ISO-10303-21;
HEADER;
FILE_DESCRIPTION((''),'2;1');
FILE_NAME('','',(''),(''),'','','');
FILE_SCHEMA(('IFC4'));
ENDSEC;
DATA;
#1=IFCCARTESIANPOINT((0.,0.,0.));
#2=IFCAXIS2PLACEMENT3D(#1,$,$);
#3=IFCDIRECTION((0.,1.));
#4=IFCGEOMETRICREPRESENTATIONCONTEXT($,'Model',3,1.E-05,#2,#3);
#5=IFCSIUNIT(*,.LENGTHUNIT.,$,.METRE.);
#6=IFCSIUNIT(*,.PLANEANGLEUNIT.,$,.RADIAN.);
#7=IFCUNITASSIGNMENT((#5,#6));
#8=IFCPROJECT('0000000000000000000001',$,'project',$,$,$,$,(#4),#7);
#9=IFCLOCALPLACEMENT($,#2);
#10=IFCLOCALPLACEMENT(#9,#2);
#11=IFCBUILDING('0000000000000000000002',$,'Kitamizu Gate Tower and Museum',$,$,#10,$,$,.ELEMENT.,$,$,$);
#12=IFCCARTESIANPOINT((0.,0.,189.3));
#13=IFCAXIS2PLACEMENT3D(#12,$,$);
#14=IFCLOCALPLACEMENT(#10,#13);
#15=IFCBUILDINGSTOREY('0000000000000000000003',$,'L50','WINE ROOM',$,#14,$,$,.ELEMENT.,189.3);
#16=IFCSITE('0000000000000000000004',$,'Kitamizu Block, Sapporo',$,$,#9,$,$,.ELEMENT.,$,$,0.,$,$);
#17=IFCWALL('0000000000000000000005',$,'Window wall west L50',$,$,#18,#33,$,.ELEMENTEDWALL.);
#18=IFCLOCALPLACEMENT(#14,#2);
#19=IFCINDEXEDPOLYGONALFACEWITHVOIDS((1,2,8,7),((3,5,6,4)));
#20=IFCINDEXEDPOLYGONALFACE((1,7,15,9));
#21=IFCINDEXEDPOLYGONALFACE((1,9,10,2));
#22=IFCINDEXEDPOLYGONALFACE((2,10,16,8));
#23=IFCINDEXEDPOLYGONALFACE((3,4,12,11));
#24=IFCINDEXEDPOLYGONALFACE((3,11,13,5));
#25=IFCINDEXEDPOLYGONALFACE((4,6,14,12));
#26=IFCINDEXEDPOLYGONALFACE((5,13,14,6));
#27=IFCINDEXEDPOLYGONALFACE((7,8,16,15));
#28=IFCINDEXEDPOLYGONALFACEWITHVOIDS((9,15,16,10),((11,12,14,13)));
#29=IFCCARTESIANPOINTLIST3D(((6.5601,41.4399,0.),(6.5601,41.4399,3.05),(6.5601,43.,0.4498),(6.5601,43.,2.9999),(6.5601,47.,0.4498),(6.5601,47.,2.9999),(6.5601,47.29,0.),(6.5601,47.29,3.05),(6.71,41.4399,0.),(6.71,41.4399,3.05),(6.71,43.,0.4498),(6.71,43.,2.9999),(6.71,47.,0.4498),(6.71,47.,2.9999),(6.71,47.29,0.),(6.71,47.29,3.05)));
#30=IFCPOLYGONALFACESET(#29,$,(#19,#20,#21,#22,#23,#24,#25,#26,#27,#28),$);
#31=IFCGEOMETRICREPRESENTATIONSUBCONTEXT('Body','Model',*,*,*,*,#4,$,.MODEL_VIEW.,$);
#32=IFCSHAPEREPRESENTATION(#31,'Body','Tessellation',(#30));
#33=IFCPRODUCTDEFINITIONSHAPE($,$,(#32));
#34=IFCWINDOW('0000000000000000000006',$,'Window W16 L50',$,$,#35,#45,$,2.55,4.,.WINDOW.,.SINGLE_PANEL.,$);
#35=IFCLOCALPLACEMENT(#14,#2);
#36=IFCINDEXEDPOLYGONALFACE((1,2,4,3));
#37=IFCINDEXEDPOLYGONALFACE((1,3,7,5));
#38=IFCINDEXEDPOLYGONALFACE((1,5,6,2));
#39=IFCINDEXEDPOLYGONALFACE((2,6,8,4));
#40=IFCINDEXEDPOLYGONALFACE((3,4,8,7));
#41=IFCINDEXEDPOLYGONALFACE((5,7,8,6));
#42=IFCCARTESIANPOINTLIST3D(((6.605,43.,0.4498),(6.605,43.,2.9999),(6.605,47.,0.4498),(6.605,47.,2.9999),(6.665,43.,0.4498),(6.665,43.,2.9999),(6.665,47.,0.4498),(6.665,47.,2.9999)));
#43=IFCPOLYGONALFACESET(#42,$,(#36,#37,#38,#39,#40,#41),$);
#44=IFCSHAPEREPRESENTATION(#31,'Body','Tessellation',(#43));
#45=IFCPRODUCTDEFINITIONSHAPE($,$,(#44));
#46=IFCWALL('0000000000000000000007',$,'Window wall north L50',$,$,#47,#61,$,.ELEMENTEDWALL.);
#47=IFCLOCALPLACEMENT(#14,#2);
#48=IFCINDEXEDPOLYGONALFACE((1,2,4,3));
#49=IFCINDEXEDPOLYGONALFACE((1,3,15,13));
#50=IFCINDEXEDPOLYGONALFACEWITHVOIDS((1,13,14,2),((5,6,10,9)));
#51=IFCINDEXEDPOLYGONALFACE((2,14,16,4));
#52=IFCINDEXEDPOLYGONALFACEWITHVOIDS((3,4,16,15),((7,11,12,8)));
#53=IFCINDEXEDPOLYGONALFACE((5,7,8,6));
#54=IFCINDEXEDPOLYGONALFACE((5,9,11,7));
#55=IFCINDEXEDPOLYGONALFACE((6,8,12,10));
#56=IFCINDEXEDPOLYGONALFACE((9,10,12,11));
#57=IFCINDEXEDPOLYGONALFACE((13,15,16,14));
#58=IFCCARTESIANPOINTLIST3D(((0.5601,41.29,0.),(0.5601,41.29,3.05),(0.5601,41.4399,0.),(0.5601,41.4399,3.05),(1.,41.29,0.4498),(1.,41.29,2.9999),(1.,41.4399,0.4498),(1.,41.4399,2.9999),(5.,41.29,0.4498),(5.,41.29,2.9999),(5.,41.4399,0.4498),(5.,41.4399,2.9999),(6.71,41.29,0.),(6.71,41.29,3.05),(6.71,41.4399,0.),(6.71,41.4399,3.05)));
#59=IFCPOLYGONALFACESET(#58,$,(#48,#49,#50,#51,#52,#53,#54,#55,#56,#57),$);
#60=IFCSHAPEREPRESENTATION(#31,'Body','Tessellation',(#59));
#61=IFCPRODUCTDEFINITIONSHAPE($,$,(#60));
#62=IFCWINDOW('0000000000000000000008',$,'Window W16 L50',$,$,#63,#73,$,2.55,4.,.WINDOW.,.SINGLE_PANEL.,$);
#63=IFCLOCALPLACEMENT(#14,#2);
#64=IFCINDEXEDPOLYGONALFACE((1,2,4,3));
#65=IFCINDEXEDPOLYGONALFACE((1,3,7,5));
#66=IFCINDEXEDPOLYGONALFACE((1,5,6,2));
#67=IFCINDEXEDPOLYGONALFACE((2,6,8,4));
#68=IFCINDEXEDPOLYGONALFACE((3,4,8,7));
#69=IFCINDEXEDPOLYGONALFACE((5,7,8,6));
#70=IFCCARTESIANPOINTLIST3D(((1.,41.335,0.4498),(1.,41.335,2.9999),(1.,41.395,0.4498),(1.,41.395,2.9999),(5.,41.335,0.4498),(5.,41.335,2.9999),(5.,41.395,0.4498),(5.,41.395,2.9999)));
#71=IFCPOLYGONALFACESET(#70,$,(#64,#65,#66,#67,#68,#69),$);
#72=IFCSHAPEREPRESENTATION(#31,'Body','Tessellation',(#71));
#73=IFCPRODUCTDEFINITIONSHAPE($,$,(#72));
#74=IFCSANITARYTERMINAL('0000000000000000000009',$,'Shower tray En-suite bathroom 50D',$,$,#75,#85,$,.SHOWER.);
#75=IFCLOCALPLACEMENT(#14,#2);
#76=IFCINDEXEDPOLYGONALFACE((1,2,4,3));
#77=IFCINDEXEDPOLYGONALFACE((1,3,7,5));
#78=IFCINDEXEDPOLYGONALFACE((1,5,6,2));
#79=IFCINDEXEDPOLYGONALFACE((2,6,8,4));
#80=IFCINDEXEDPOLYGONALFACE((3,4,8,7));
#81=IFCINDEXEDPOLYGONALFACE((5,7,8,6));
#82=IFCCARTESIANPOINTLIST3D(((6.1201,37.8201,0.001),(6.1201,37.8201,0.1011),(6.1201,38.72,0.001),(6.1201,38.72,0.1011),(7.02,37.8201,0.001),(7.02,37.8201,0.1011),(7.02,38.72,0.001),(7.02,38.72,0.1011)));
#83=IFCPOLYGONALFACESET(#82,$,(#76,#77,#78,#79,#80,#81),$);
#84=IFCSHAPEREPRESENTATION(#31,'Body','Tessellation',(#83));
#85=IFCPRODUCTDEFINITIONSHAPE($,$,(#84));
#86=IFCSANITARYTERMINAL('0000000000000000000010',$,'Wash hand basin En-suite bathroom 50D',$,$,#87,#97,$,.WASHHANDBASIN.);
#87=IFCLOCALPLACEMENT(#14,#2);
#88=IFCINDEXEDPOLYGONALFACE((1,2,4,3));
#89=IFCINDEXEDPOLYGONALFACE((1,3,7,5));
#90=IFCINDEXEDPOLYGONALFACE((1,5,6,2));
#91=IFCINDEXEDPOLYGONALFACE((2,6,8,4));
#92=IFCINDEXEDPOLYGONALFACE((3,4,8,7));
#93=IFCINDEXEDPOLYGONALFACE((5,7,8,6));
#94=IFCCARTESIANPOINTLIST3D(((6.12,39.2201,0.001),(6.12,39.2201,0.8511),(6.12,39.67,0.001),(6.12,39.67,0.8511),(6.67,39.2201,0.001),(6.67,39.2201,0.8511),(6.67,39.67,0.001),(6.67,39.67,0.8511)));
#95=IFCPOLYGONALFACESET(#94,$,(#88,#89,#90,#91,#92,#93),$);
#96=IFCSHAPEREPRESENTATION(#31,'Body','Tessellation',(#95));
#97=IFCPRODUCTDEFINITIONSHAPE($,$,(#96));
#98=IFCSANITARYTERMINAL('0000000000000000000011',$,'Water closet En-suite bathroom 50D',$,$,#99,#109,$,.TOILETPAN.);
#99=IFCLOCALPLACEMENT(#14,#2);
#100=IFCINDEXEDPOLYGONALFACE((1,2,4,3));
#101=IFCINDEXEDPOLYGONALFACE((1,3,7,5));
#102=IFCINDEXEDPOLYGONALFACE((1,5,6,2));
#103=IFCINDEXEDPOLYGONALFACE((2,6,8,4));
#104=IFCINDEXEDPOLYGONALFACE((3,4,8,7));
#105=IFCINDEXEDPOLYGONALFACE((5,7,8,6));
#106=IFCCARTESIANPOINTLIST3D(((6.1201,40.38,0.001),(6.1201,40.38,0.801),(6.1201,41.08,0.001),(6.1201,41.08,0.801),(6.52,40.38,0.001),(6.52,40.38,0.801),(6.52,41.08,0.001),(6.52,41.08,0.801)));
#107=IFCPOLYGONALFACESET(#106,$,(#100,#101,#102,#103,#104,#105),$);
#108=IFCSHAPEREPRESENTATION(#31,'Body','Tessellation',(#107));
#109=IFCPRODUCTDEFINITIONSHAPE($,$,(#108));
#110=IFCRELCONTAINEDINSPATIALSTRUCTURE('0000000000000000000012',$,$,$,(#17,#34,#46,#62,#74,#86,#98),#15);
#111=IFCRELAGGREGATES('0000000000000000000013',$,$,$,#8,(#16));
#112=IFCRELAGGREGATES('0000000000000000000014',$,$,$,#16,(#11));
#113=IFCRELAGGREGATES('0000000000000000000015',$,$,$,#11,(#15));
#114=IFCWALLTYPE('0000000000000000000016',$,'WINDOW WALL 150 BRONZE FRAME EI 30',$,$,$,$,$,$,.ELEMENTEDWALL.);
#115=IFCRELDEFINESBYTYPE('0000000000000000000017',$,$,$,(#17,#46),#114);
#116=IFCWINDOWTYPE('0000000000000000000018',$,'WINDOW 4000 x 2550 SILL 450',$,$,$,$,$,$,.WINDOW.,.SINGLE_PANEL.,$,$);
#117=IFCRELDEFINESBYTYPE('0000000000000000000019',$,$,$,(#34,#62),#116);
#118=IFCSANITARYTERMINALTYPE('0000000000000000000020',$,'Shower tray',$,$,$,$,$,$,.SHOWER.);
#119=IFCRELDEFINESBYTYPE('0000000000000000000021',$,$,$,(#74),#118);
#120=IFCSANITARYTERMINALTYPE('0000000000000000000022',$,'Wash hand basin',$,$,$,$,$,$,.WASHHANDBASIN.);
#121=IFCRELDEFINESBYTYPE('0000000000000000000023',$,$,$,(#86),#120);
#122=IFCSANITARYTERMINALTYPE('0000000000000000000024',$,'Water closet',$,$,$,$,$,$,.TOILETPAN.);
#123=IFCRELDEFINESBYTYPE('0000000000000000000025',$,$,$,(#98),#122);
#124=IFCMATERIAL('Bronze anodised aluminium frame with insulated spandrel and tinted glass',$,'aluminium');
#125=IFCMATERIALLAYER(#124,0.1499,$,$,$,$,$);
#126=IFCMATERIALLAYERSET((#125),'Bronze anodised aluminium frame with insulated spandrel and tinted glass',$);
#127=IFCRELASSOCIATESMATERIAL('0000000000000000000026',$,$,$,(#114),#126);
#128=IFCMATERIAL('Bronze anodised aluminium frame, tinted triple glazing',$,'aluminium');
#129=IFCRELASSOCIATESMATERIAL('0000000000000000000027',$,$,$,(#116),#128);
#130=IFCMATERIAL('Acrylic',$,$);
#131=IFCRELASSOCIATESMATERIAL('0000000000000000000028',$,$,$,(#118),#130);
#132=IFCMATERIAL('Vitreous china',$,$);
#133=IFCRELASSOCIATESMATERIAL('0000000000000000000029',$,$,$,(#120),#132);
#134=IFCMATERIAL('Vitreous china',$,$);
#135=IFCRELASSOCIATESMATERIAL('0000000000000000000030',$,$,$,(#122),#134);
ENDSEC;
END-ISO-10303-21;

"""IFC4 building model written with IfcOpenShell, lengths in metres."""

from ifc_helpers import new_model, si_unit, direction, frame, frame_2d, origin, origin_2d, place, context, subcontext, project, spatial, rectangle, extrude, material, layer, layer_set, type_object, element, fill, save


model = new_model("IFC4")

# Units and contexts
model_context = context("Model", 3, precision=1e-05, world=origin(), true_north=direction((0.0, 1.0)))
body_context = subcontext(model_context, "Body", "Model", "MODEL_VIEW")
ifc_project = project(units=[si_unit("LENGTHUNIT", "METRE"), si_unit("PLANEANGLEUNIT", "RADIAN")], contexts=[model_context])

# Site, building, storey
site_placement = place(None, origin())
site = spatial("IfcSite", under=ifc_project, at=site_placement, Name="Kitamizu Block, Sapporo", CompositionType="ELEMENT", RefElevation=0.0)
building_placement = place(site_placement, origin())
building = spatial("IfcBuilding", under=site, at=building_placement, Name="Kitamizu Gate Tower and Museum", CompositionType="ELEMENT")
storey_placement = place(building_placement, frame((0.0, 0.0, 189.3)))
storey = spatial("IfcBuildingStorey", under=building, at=storey_placement, Name="L50", Description="WINE ROOM", CompositionType="ELEMENT", Elevation=189.3)

# Shared definitions
ifc_material_1 = material(Name="Bronze anodised aluminium frame with insulated spandrel and tinted glass", Category="aluminium")
ifc_layer_1 = layer(ifc_material_1, 0.1499)
ifc_layer_set_1 = layer_set([ifc_layer_1], Name="Bronze anodised aluminium frame with insulated spandrel and tinted glass")
wall_type_1 = type_object("IfcWallType", Name="WINDOW WALL 150 BRONZE FRAME EI 30", PredefinedType="ELEMENTEDWALL", material=ifc_layer_set_1)

# Walls, openings, windows
wall_1_placement = place(storey_placement, frame((6.635, 41.4399, 0.0), z_axis=(0.0, 0.0, 1.0), x_axis=(0.0, 1.0, 0.0)))
wall_1 = element("IfcWall", 1, at=wall_1_placement, inside=storey, type_object=wall_type_1, Name="Window wall west L50", PredefinedType="ELEMENTEDWALL", context=body_context, shape_type="SweptSolid", body=[
    extrude(rectangle(XDim=5.8501, YDim=0.1499, at=frame_2d((2.925, 0.0))), origin(), (0.0, 0.0, 1.0), 3.05),
])
opening_1_placement = place(wall_1_placement, frame((1.5601, 0.0, 0.45)))
opening_1 = element("IfcOpeningElement", 2, at=opening_1_placement, cuts=wall_1, PredefinedType="OPENING", context=body_context, shape_type="SweptSolid", body=[
    extrude(rectangle(XDim=4.0, YDim=2.55, at=frame_2d((2.0, 1.2749))), frame((0.0, 0.085, 0.0), z_axis=(0.0, -1.0, 0.0), x_axis=(1.0, 0.0, 0.0)), (0.0, 0.0, 1.0), 0.1699),
])
ifc_material_2 = material(Name="Bronze anodised aluminium frame, tinted triple glazing", Category="aluminium")
window_type_1 = type_object("IfcWindowType", Name="WINDOW 4000 x 2550 SILL 450", PartitioningType="SINGLE_PANEL", PredefinedType="WINDOW", material=ifc_material_2)
window_1_placement = place(opening_1_placement, origin())
window_1 = element("IfcWindow", 3, at=window_1_placement, inside=storey, type_object=window_type_1, Name="Window W16 L50", OverallHeight=2.55, OverallWidth=4.0, PartitioningType="SINGLE_PANEL", PredefinedType="WINDOW", context=body_context, shape_type="SweptSolid", body=[
    extrude(rectangle(XDim=4.0, YDim=2.55, at=frame_2d((2.0, 1.2749))), frame((0.0, 0.03, 0.0), z_axis=(0.0, -1.0, 0.0), x_axis=(1.0, 0.0, 0.0)), (0.0, 0.0, 1.0), 0.0601),
])
fill(opening_1, window_1)
wall_2_placement = place(storey_placement, frame((0.5601, 41.365, 0.0), z_axis=(0.0, 0.0, 1.0), x_axis=(1.0, 0.0, 0.0)))
wall_2 = element("IfcWall", 4, at=wall_2_placement, inside=storey, type_object=wall_type_1, Name="Window wall north L50", PredefinedType="ELEMENTEDWALL", context=body_context, shape_type="SweptSolid", body=[
    extrude(rectangle(XDim=6.1499, YDim=0.1499, at=frame_2d((3.075, 0.0))), origin(), (0.0, 0.0, 1.0), 3.05),
])
opening_2_placement = place(wall_2_placement, frame((0.4399, 0.0, 0.45)))
opening_2 = element("IfcOpeningElement", 5, at=opening_2_placement, cuts=wall_2, PredefinedType="OPENING", context=body_context, shape_type="SweptSolid", body=[
    extrude(rectangle(XDim=4.0, YDim=2.55, at=frame_2d((2.0, 1.2749))), frame((0.0, 0.085, 0.0), z_axis=(0.0, -1.0, 0.0), x_axis=(1.0, 0.0, 0.0)), (0.0, 0.0, 1.0), 0.1699),
])
window_2_placement = place(opening_2_placement, origin())
window_2 = element("IfcWindow", 6, at=window_2_placement, inside=storey, type_object=window_type_1, Name="Window W16 L50", OverallHeight=2.55, OverallWidth=4.0, PartitioningType="SINGLE_PANEL", PredefinedType="WINDOW", context=body_context, shape_type="SweptSolid", body=[
    extrude(rectangle(XDim=4.0, YDim=2.55, at=frame_2d((2.0, 1.2749))), frame((0.0, 0.03, 0.0), z_axis=(0.0, -1.0, 0.0), x_axis=(1.0, 0.0, 0.0)), (0.0, 0.0, 1.0), 0.0601),
])
fill(opening_2, window_2)

# Sanitary terminals
ifc_material_3 = material(Name="Acrylic")
sanitary_terminal_type_1 = type_object("IfcSanitaryTerminalType", Name="Shower tray", PredefinedType="SHOWER", material=ifc_material_3)
sanitary_terminal_1_placement = place(storey_placement, frame((6.5701, 38.27, 0.001), z_axis=(0.0, 0.0, 1.0), x_axis=(1.0, 0.0, 0.0)))
element("IfcSanitaryTerminal", 7, at=sanitary_terminal_1_placement, inside=storey, type_object=sanitary_terminal_type_1, Name="Shower tray En-suite bathroom 50D", PredefinedType="SHOWER", context=body_context, shape_type="SweptSolid", body=[
    extrude(rectangle(XDim=0.8999, YDim=0.8999, at=origin_2d()), origin(), (0.0, 0.0, 1.0), 0.1001),
])
ifc_material_4 = material(Name="Vitreous china")
sanitary_terminal_type_2 = type_object("IfcSanitaryTerminalType", Name="Wash hand basin", PredefinedType="WASHHANDBASIN", material=ifc_material_4)
sanitary_terminal_2_placement = place(storey_placement, frame((6.395, 39.4451, 0.001), z_axis=(0.0, 0.0, 1.0), x_axis=(1.0, 0.0, 0.0)))
element("IfcSanitaryTerminal", 8, at=sanitary_terminal_2_placement, inside=storey, type_object=sanitary_terminal_type_2, Name="Wash hand basin En-suite bathroom 50D", PredefinedType="WASHHANDBASIN", context=body_context, shape_type="SweptSolid", body=[
    extrude(rectangle(XDim=0.55, YDim=0.45, at=origin_2d()), origin(), (0.0, 0.0, 1.0), 0.8501),
])
ifc_material_5 = material(Name="Vitreous china")
sanitary_terminal_type_3 = type_object("IfcSanitaryTerminalType", Name="Water closet", PredefinedType="TOILETPAN", material=ifc_material_5)
sanitary_terminal_3_placement = place(storey_placement, frame((6.3201, 40.73, 0.001), z_axis=(0.0, 0.0, 1.0), x_axis=(1.0, 0.0, 0.0)))
element("IfcSanitaryTerminal", 9, at=sanitary_terminal_3_placement, inside=storey, type_object=sanitary_terminal_type_3, Name="Water closet En-suite bathroom 50D", PredefinedType="TOILETPAN", context=body_context, shape_type="SweptSolid", body=[
    extrude(rectangle(XDim=0.3999, YDim=0.7, at=origin_2d()), origin(), (0.0, 0.0, 1.0), 0.8),
])

save(model, "model.ifc")
